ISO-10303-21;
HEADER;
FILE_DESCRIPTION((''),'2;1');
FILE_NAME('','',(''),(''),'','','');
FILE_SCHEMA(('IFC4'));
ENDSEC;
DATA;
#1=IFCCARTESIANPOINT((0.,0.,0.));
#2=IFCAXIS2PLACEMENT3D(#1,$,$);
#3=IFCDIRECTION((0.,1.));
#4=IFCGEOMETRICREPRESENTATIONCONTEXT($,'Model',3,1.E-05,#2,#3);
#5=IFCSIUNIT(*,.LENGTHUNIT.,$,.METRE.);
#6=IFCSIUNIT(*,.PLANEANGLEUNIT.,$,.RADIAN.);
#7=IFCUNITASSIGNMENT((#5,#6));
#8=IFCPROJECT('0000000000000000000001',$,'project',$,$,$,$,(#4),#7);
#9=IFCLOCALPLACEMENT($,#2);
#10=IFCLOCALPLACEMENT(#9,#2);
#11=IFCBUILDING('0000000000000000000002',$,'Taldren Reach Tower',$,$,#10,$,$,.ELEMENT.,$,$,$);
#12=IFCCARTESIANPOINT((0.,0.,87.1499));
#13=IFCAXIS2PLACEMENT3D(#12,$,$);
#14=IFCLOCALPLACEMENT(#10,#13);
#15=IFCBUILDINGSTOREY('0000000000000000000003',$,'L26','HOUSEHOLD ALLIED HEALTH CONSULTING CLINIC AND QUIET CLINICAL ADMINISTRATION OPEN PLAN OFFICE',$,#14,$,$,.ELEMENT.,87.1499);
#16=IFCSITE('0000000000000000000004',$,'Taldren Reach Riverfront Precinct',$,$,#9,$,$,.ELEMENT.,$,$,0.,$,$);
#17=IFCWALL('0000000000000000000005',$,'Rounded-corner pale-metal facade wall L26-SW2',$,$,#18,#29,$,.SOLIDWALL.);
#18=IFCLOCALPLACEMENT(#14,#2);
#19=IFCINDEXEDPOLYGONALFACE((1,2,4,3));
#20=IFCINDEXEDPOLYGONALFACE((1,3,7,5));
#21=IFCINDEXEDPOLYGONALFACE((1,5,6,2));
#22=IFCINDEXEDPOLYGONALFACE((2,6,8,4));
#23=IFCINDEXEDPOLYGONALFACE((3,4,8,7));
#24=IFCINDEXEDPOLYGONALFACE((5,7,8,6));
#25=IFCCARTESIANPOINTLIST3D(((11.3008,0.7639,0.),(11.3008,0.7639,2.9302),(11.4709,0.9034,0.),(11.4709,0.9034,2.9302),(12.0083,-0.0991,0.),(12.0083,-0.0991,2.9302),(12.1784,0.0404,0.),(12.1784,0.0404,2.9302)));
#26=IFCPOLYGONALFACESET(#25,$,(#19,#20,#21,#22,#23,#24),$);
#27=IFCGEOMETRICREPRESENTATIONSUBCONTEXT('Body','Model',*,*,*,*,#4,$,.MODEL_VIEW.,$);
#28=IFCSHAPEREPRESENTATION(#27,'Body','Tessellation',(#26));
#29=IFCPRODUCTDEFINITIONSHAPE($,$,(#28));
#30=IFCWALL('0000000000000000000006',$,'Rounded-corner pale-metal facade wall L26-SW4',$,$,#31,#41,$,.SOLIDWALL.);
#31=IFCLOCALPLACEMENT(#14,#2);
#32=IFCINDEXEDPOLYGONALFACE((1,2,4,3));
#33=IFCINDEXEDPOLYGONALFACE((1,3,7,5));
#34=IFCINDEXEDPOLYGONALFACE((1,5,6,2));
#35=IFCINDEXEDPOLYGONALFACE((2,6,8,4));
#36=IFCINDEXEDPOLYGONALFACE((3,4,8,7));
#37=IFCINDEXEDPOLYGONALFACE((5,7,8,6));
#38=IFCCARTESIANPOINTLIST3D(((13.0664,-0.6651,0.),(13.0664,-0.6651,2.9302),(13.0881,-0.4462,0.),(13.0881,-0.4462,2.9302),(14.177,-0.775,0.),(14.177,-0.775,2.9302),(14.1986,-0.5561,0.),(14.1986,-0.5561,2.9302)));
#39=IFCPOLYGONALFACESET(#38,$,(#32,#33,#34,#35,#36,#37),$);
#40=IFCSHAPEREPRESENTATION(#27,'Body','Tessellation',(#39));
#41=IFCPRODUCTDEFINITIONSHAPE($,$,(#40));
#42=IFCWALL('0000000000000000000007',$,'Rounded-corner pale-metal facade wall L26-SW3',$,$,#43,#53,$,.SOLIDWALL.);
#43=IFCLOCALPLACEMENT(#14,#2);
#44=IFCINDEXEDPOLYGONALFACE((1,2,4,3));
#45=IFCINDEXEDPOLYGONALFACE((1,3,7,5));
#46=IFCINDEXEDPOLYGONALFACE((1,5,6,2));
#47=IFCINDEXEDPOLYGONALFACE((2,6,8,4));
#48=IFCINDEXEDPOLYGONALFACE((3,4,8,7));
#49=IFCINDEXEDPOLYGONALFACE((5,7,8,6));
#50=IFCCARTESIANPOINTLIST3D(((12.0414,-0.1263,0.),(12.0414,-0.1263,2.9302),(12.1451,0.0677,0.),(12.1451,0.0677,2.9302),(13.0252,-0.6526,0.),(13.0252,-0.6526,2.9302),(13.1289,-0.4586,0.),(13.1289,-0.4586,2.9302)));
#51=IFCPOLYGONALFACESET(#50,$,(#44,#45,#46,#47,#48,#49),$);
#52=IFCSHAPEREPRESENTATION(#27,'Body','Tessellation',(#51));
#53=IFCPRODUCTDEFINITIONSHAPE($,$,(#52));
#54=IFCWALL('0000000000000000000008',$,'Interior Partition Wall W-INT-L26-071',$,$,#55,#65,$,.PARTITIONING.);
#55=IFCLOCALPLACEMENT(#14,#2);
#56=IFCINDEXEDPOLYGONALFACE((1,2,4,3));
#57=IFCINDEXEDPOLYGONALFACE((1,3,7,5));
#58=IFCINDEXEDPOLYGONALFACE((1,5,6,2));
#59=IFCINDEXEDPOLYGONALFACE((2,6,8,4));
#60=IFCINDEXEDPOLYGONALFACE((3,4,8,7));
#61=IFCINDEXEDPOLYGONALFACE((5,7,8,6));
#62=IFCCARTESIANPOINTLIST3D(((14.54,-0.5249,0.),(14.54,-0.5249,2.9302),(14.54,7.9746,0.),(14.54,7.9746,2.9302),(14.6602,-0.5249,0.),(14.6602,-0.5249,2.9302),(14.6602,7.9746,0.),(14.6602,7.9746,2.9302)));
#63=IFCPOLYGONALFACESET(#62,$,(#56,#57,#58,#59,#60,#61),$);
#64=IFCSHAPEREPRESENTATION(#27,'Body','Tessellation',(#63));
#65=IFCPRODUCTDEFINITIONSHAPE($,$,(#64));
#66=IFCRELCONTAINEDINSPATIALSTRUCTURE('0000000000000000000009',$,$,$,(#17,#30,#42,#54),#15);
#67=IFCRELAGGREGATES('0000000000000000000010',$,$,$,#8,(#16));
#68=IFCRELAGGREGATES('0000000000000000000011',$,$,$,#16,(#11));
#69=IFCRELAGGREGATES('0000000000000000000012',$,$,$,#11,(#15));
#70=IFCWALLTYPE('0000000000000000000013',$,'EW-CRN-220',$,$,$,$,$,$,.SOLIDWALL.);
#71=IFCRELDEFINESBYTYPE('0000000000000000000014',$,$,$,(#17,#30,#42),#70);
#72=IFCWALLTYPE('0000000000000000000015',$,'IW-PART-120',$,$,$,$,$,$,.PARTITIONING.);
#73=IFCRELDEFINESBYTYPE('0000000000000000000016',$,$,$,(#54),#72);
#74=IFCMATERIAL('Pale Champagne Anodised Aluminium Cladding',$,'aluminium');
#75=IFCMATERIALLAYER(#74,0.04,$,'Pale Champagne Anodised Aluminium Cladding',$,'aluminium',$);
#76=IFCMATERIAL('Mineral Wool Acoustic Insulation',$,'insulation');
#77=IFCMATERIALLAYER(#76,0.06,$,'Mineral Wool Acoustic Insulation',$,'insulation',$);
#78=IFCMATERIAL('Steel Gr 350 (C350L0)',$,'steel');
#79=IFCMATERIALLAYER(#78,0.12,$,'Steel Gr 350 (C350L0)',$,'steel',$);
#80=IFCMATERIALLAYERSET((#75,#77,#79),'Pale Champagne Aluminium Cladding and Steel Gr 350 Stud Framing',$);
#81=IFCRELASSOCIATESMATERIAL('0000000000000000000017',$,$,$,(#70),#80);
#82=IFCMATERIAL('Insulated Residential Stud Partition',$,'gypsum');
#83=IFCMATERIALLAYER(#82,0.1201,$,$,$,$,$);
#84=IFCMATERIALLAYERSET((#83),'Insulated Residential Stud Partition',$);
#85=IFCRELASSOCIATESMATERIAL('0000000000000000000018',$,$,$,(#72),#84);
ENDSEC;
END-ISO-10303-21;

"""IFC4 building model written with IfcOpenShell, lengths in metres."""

from ifc_helpers import new_model, si_unit, direction, frame, frame_2d, origin, place, context, subcontext, project, spatial, rectangle, extrude, source, transform, mapped, material, layer, layer_set, type_object, element, save


model = new_model("IFC4")

# Units and contexts
model_context = context("Model", 3, precision=1e-05, world=origin(), true_north=direction((0.0, 1.0)))
body_context = subcontext(model_context, "Body", "Model", "MODEL_VIEW")
ifc_project = project(units=[si_unit("LENGTHUNIT", "METRE"), si_unit("PLANEANGLEUNIT", "RADIAN")], contexts=[model_context])

# Site, building, storey
site_placement = place(None, origin())
site = spatial("IfcSite", under=ifc_project, at=site_placement, Name="Taldren Reach Riverfront Precinct", CompositionType="ELEMENT", RefElevation=0.0)
building_placement = place(site_placement, origin())
building = spatial("IfcBuilding", under=site, at=building_placement, Name="Taldren Reach Tower", CompositionType="ELEMENT")
storey_placement = place(building_placement, frame((0.0, 0.0, 87.1499)))
storey = spatial("IfcBuildingStorey", under=building, at=storey_placement, Name="L26", Description="HOUSEHOLD ALLIED HEALTH CONSULTING CLINIC AND QUIET CLINICAL ADMINISTRATION OPEN PLAN OFFICE", CompositionType="ELEMENT", Elevation=87.1499)

# Shared definitions
ifc_material_1 = material(Name="Steel Gr 350 (C350L0)", Category="steel")

# Walls
ifc_material_2 = material(Name="Pale Champagne Anodised Aluminium Cladding", Category="aluminium")
ifc_layer_1 = layer(ifc_material_2, 0.04, Name="Pale Champagne Anodised Aluminium Cladding", Category="aluminium")
ifc_material_3 = material(Name="Mineral Wool Acoustic Insulation", Category="insulation")
ifc_layer_2 = layer(ifc_material_3, 0.06, Name="Mineral Wool Acoustic Insulation", Category="insulation")
ifc_layer_3 = layer(ifc_material_1, 0.12, Name="Steel Gr 350 (C350L0)", Category="steel")
ifc_layer_set_1 = layer_set([ifc_layer_1, ifc_layer_2, ifc_layer_3], Name="Pale Champagne Aluminium Cladding and Steel Gr 350 Stud Framing")
wall_type_1 = type_object("IfcWallType", Name="EW-CRN-220", PredefinedType="SOLIDWALL", material=ifc_layer_set_1)
shared_shape_1 = source(origin(), body_context, "Body", "SweptSolid", [
    extrude(rectangle(XDim=1.116, YDim=0.22, at=frame_2d((0.5581, 0.0))), origin(), (0.0, 0.0, 1.0), 2.9302),
])
for number, where, z_axis, x_axis, name in (
    (1, (11.3857, 0.8337, 0.0), (0.0, 0.0, 1.0), (0.633988, -0.773343, 0.0), "Rounded-corner pale-metal facade wall L26-SW2"),
    (2, (13.0771, -0.5557, 0.0), (0.0, 0.0, 1.0), (0.995143, -0.098442, 0.0), "Rounded-corner pale-metal facade wall L26-SW4"),
):
    element("IfcWall", number, at=place(storey_placement, frame(where, z_axis=z_axis, x_axis=x_axis)), inside=storey, type_object=wall_type_1, Name=name, PredefinedType="SOLIDWALL", context=body_context, shape_type="MappedRepresentation", body=[
        mapped(shared_shape_1, transform((0.0, 0.0, 0.0), scale=1.0)),
    ])
shared_shape_2 = source(origin(), body_context, "Body", "SweptSolid", [
    extrude(rectangle(XDim=1.1157, YDim=0.22, at=frame_2d((0.5579, 0.0))), origin(), (0.0, 0.0, 1.0), 2.9302),
])
wall_1_placement = place(storey_placement, frame((12.0933, -0.0293, 0.0), z_axis=(0.0, 0.0, 1.0), x_axis=(0.881747, -0.471723, 0.0)))
element("IfcWall", 3, at=wall_1_placement, inside=storey, type_object=wall_type_1, Name="Rounded-corner pale-metal facade wall L26-SW3", PredefinedType="SOLIDWALL", context=body_context, shape_type="MappedRepresentation", body=[
    mapped(shared_shape_2, transform((0.0, 0.0, 0.0), scale=1.0)),
])
ifc_material_4 = material(Name="Insulated Residential Stud Partition", Category="gypsum")
ifc_layer_4 = layer(ifc_material_4, 0.1201)
ifc_layer_set_2 = layer_set([ifc_layer_4], Name="Insulated Residential Stud Partition")
wall_type_2 = type_object("IfcWallType", Name="IW-PART-120", PredefinedType="PARTITIONING", material=ifc_layer_set_2)
shared_shape_3 = source(origin(), body_context, "Body", "SweptSolid", [
    extrude(rectangle(XDim=8.4995, YDim=0.1201, at=frame_2d((4.2498, 0.0))), origin(), (0.0, 0.0, 1.0), 2.9302),
])
wall_2_placement = place(storey_placement, frame((14.6001, -0.5249, 0.0), z_axis=(0.0, 0.0, 1.0), x_axis=(0.0, 1.0, 0.0)))
element("IfcWall", 4, at=wall_2_placement, inside=storey, type_object=wall_type_2, Name="Interior Partition Wall W-INT-L26-071", PredefinedType="PARTITIONING", context=body_context, shape_type="MappedRepresentation", body=[
    mapped(shared_shape_3, transform((0.0, 0.0, 0.0), scale=1.0)),
])

save(model, "model.ifc")
